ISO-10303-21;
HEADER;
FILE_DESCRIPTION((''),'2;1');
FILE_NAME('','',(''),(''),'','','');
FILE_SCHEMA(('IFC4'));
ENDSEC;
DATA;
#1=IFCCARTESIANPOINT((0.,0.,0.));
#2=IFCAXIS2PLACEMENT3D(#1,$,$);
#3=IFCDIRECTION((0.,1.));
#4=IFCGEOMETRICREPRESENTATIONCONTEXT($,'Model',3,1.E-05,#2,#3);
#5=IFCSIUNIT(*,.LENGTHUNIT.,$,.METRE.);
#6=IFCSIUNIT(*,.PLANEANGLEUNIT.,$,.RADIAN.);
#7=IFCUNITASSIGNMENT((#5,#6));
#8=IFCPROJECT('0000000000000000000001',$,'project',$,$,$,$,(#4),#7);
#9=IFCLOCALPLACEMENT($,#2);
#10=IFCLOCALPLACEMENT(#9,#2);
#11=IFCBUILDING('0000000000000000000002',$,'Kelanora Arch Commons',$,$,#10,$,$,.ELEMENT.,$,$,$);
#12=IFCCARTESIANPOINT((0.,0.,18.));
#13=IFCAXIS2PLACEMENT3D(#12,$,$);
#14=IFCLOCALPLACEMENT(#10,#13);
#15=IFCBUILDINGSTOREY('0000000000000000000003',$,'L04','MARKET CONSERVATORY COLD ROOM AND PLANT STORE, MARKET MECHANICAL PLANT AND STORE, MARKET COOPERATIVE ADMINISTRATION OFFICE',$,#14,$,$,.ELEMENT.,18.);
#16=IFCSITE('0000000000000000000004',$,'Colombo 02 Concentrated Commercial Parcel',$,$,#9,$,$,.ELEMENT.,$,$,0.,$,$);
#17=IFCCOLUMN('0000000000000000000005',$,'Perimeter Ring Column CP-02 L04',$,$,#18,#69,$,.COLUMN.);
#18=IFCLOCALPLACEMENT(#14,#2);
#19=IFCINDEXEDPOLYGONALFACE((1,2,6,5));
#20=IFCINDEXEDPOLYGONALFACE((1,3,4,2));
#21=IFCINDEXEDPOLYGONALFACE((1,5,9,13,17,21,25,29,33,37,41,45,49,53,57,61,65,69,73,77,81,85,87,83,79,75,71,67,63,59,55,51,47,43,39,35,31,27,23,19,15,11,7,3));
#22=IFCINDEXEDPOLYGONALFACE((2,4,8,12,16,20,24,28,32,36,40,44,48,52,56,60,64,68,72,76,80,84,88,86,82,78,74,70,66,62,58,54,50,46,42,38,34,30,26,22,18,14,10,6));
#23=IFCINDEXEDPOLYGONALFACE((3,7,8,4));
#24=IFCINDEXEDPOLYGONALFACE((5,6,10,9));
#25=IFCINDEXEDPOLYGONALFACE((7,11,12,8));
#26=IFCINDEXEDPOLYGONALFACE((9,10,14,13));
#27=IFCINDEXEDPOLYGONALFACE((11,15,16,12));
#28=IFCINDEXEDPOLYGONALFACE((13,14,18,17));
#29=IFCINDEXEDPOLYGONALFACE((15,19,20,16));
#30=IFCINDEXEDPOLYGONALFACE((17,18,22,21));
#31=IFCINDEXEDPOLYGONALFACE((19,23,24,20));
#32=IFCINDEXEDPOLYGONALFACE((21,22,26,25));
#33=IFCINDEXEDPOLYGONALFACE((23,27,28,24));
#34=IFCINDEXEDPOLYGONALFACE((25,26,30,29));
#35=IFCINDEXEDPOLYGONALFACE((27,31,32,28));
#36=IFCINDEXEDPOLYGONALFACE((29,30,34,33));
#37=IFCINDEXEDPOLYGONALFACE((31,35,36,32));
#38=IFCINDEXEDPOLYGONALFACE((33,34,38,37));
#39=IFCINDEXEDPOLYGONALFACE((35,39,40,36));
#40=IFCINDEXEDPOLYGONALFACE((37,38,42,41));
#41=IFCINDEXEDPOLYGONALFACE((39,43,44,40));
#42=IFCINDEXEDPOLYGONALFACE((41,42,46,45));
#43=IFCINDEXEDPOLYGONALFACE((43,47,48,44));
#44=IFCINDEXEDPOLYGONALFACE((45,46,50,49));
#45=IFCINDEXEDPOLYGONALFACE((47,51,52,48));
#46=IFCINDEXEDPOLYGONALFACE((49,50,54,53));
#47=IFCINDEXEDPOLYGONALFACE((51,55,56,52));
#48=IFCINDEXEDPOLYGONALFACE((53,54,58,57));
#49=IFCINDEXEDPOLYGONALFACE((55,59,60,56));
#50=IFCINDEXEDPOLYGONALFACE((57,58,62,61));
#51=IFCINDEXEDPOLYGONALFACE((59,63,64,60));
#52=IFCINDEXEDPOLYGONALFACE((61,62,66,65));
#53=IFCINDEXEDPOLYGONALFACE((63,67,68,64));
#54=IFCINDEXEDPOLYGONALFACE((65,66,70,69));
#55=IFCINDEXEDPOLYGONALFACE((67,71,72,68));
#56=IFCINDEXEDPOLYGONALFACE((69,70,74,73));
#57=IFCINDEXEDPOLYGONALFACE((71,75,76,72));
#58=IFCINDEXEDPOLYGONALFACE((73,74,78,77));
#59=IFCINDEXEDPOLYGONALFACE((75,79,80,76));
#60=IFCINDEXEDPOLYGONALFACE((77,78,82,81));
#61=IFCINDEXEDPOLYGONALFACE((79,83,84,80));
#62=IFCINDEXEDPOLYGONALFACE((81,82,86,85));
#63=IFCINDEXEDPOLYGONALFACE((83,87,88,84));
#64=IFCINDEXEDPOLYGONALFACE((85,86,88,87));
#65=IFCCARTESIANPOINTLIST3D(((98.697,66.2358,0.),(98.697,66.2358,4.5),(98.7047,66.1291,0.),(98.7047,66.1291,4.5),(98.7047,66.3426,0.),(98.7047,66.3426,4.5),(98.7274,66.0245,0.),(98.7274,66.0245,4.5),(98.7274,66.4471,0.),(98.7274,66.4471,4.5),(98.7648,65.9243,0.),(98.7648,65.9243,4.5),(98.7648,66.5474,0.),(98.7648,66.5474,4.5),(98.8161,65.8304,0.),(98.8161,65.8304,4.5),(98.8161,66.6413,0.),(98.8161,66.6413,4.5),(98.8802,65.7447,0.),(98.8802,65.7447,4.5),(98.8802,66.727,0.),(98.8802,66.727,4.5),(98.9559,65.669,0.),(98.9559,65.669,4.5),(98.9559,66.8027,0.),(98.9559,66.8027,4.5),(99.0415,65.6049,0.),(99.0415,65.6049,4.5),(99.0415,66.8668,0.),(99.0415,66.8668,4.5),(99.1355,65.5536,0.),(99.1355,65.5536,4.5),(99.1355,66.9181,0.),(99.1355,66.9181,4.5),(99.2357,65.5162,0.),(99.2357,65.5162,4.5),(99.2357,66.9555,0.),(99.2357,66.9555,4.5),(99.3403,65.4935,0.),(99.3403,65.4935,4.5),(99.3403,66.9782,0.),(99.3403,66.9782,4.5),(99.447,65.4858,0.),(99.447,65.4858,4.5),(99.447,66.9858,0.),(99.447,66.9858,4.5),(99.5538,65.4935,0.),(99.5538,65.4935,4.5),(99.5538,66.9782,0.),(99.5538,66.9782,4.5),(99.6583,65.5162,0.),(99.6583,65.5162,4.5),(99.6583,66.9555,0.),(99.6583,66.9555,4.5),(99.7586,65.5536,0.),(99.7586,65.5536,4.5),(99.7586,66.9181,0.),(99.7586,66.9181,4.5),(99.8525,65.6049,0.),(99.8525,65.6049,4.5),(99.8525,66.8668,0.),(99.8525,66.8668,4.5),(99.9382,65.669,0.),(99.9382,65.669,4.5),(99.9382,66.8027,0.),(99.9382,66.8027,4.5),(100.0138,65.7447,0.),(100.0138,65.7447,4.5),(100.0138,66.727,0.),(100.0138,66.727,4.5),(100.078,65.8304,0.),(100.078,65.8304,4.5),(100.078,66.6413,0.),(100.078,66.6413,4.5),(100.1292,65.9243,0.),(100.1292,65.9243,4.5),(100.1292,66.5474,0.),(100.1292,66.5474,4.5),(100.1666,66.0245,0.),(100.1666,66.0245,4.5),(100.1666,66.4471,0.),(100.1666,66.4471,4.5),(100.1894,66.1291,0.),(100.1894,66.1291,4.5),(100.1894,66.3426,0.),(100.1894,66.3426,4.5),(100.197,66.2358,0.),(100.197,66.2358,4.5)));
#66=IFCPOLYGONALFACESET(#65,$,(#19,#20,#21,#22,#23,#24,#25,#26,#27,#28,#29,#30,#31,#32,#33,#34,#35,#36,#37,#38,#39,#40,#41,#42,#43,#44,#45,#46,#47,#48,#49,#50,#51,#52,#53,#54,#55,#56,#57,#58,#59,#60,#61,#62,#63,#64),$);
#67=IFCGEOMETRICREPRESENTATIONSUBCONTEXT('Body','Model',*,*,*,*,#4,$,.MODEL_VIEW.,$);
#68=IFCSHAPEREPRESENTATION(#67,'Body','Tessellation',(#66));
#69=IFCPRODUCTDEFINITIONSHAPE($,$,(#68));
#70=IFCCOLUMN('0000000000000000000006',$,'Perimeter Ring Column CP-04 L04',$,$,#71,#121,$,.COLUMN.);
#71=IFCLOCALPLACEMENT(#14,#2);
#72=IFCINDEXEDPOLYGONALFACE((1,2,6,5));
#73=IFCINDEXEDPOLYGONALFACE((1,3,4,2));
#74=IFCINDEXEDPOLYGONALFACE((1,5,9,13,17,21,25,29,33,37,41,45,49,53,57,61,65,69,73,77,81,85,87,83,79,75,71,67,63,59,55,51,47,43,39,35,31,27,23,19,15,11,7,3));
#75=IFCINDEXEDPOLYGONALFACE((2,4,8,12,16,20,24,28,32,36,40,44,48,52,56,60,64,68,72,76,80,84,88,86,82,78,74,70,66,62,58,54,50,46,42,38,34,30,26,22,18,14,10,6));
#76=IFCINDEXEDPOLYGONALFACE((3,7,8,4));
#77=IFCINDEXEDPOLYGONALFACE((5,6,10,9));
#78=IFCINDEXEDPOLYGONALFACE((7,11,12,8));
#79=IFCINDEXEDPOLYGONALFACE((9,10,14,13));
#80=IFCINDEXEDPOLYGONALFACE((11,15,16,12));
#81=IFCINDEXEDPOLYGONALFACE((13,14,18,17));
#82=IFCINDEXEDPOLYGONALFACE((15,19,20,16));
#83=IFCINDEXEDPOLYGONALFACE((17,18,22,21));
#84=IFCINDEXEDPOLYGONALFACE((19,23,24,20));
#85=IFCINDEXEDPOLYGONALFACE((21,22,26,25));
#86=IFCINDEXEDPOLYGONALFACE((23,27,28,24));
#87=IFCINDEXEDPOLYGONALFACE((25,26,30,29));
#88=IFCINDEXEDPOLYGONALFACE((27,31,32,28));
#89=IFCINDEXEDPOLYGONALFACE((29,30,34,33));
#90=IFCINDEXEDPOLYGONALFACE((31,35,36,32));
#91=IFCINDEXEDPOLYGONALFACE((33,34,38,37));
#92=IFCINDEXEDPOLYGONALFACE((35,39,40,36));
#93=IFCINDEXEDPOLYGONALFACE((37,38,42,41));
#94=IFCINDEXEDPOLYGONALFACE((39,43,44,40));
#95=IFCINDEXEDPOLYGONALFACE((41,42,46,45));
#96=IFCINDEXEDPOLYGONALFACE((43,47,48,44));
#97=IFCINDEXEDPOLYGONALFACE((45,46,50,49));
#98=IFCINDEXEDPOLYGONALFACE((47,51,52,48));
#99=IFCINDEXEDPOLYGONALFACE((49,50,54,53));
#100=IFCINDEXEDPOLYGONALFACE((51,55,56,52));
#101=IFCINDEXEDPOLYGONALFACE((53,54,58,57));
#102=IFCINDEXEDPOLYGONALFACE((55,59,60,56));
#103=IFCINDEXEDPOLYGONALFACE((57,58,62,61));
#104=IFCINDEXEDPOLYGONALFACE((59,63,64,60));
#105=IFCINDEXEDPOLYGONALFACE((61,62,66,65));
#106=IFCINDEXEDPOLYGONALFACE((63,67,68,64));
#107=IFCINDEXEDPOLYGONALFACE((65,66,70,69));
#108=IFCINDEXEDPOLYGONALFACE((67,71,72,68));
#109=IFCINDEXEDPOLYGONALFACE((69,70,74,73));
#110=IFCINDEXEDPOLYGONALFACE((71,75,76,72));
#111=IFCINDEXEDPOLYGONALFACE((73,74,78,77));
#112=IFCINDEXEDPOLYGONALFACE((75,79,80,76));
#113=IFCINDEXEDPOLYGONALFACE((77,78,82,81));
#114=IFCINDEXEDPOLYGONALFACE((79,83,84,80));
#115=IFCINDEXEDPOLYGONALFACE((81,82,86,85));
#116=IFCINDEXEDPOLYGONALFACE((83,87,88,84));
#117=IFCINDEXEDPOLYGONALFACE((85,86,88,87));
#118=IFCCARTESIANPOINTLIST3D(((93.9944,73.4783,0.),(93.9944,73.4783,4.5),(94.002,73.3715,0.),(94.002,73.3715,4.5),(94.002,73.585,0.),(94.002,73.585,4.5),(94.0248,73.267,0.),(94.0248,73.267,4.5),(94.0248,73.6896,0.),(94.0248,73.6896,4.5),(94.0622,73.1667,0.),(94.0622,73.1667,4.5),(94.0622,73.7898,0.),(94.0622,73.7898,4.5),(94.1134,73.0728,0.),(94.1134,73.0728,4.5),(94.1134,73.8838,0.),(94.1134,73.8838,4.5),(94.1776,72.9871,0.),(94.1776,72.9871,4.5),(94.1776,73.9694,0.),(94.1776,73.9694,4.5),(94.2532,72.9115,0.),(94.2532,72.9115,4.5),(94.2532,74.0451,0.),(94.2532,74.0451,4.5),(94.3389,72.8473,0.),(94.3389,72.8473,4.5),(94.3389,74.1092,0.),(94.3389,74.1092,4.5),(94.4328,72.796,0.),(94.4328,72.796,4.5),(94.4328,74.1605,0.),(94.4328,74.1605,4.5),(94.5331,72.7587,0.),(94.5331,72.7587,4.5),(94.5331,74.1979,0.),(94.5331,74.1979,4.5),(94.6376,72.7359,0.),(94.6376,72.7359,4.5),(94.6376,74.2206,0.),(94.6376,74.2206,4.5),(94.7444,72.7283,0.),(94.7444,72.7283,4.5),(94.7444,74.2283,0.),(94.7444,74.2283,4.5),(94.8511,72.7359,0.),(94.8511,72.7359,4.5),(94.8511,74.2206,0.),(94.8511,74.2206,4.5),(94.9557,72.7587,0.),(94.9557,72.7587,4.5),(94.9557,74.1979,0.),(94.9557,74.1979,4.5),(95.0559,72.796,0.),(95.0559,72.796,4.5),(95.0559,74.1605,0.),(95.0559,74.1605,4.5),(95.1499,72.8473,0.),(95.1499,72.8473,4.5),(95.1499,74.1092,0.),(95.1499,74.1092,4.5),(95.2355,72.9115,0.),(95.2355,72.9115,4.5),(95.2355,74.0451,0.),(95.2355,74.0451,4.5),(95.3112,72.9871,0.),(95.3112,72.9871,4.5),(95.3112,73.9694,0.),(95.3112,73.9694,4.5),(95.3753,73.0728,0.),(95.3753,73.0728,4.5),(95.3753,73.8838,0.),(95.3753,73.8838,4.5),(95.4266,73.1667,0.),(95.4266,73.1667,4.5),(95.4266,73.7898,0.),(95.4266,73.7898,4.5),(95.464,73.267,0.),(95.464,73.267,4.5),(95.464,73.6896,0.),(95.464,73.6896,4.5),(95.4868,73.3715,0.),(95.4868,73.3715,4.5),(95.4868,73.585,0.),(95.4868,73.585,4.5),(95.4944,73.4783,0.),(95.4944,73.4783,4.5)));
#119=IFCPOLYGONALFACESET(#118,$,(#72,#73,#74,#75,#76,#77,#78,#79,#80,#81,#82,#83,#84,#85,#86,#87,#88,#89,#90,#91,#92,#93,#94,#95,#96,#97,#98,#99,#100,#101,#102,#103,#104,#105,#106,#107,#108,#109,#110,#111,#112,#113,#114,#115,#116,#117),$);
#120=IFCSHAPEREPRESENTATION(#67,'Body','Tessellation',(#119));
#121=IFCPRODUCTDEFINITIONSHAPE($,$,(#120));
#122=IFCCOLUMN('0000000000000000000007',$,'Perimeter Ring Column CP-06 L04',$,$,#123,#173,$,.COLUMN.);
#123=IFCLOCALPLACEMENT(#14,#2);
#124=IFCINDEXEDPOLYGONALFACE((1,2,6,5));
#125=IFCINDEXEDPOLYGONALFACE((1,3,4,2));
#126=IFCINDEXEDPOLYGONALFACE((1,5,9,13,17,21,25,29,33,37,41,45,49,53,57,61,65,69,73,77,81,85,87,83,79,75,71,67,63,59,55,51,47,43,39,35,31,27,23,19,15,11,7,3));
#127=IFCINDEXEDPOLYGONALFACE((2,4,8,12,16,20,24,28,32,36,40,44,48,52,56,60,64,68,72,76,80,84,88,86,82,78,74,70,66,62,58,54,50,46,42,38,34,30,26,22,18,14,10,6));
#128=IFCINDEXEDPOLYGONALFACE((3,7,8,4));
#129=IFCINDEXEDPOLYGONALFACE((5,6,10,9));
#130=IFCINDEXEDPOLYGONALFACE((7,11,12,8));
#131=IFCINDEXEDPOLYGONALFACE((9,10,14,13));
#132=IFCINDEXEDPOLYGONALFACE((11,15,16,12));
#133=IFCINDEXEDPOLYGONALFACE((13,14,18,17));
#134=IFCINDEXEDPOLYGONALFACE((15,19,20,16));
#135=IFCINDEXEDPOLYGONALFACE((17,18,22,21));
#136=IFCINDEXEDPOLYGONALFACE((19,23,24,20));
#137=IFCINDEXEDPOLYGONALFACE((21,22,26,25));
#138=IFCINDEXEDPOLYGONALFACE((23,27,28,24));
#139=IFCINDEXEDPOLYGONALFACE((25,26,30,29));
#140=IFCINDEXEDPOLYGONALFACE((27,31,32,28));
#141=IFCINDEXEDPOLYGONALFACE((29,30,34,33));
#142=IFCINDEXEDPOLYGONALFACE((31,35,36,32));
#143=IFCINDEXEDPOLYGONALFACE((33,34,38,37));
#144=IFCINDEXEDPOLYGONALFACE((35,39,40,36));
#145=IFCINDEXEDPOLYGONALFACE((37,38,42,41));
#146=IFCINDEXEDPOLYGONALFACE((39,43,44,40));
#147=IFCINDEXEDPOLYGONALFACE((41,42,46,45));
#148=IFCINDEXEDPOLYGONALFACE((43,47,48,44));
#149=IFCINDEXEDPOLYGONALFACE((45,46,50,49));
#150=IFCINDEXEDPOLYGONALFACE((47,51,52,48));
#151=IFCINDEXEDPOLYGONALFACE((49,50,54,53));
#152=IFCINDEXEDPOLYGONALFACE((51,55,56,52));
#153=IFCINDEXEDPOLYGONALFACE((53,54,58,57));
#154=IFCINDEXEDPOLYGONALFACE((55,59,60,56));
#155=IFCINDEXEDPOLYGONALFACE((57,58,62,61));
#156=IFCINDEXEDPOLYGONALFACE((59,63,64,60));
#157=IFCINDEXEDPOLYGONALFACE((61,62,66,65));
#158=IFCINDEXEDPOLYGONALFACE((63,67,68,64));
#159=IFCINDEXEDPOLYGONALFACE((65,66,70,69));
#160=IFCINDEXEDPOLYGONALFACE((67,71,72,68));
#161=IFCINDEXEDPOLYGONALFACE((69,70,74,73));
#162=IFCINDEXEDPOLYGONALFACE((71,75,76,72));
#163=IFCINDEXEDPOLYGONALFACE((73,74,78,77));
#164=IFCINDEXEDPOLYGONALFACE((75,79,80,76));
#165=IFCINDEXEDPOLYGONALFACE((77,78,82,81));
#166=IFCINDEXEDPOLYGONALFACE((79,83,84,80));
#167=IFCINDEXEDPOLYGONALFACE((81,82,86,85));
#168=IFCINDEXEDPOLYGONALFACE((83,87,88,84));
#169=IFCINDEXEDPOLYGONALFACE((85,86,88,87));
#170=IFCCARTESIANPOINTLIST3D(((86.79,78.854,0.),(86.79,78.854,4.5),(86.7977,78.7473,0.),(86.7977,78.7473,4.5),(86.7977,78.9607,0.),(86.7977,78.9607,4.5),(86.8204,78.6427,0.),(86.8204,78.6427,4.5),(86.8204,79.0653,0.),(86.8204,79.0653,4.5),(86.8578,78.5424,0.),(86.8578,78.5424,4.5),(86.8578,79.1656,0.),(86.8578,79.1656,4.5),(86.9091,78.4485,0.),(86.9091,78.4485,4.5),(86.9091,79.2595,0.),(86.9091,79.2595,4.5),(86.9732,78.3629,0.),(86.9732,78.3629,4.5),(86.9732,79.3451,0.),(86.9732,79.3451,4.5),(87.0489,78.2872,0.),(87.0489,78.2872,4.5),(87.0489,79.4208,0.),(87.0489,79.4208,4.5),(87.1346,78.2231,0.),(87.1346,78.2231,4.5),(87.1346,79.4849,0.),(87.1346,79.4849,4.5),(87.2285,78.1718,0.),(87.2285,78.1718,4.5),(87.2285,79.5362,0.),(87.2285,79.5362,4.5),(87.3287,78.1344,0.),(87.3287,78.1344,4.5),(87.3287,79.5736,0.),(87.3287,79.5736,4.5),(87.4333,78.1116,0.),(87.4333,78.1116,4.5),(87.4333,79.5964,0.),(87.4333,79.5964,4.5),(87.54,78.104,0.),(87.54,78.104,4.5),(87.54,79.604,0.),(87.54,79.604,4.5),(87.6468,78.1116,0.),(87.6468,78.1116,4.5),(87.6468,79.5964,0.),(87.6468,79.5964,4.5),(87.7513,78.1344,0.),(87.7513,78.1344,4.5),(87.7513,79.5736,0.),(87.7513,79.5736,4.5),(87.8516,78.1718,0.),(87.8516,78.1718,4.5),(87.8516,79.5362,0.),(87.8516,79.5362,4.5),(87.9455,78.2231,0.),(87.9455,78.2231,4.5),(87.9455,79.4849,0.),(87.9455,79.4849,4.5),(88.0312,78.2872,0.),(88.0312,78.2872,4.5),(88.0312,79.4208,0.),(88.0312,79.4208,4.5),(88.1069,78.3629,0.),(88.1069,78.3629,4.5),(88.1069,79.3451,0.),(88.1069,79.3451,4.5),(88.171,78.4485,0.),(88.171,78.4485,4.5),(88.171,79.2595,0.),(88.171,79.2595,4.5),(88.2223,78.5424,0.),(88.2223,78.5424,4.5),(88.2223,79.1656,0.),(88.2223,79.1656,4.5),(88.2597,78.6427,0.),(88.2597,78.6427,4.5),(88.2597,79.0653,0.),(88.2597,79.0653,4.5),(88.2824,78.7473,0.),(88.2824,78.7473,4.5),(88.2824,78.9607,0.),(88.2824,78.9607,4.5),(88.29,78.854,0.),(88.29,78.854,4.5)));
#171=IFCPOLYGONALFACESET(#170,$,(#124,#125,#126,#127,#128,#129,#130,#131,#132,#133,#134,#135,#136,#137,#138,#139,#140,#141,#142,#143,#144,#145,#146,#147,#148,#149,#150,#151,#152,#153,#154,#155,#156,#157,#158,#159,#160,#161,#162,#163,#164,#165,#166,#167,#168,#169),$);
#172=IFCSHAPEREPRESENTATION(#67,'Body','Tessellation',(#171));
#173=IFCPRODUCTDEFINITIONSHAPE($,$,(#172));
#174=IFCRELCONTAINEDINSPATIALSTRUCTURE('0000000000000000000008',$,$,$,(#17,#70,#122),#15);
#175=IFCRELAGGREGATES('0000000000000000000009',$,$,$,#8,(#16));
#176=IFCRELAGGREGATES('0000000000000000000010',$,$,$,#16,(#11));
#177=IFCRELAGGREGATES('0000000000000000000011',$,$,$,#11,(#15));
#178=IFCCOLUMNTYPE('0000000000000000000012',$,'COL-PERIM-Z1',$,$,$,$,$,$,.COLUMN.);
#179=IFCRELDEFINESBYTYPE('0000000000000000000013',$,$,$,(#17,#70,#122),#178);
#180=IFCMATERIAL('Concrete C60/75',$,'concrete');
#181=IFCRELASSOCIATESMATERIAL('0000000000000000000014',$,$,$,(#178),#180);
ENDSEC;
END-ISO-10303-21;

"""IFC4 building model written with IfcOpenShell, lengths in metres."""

from ifc_helpers import new_model, si_unit, direction, frame, origin, origin_2d, place, context, subcontext, project, spatial, circle, extrude, material, material_profile, profile_set, type_object, element, save


model = new_model("IFC4")

# Units and contexts
model_context = context("Model", 3, precision=1e-05, world=origin(), true_north=direction((0.0, 1.0)))
body_context = subcontext(model_context, "Body", "Model", "MODEL_VIEW")
ifc_project = project(units=[si_unit("LENGTHUNIT", "METRE"), si_unit("PLANEANGLEUNIT", "RADIAN")], contexts=[model_context])

# Site, building, storey
site_placement = place(None, origin())
site = spatial("IfcSite", under=ifc_project, at=site_placement, Name="Colombo 02 Concentrated Commercial Parcel", CompositionType="ELEMENT", RefElevation=0.0)
building_placement = place(site_placement, origin())
building = spatial("IfcBuilding", under=site, at=building_placement, Name="Kelanora Arch Commons", CompositionType="ELEMENT")
storey_placement = place(building_placement, frame((0.0, 0.0, 18.0)))
storey = spatial("IfcBuildingStorey", under=building, at=storey_placement, Name="L04", Description="MARKET CONSERVATORY COLD ROOM AND PLANT STORE, MARKET MECHANICAL PLANT AND STORE, MARKET COOPERATIVE ADMINISTRATION OFFICE", CompositionType="ELEMENT", Elevation=18.0)

# Columns
ifc_material_1 = material(Name="Concrete C60/75", Category="concrete")
ifc_material_profile_1 = material_profile(ifc_material_1, circle(Radius=0.75, at=origin_2d()), Name="RCC1500")
ifc_profile_set_1 = profile_set([ifc_material_profile_1], Name="Concrete C60/75")
column_type = type_object("IfcColumnType", Name="COL-PERIM-Z1", PredefinedType="COLUMN", material=ifc_profile_set_1)
for number, where, z_axis, x_axis, name in (
    (1, (99.447, 66.2358, 0.0), (0.0, 0.0, 1.0), (1.0, 0.0, 0.0), "Perimeter Ring Column CP-02 L04"),
    (2, (94.7444, 73.4783, 0.0), (0.0, 0.0, 1.0), (1.0, 0.0, 0.0), "Perimeter Ring Column CP-04 L04"),
    (3, (87.54, 78.854, 0.0), (0.0, 0.0, 1.0), (1.0, 0.0, 0.0), "Perimeter Ring Column CP-06 L04"),
):
    element("IfcColumn", number, at=place(storey_placement, frame(where, z_axis=z_axis, x_axis=x_axis)), inside=storey, type_object=column_type, Name=name, PredefinedType="COLUMN", context=body_context, shape_type="SweptSolid", body=[
        extrude(circle(Radius=0.75, at=origin_2d()), origin(), (0.0, 0.0, 1.0), 4.5),
    ])

save(model, "model.ifc")
